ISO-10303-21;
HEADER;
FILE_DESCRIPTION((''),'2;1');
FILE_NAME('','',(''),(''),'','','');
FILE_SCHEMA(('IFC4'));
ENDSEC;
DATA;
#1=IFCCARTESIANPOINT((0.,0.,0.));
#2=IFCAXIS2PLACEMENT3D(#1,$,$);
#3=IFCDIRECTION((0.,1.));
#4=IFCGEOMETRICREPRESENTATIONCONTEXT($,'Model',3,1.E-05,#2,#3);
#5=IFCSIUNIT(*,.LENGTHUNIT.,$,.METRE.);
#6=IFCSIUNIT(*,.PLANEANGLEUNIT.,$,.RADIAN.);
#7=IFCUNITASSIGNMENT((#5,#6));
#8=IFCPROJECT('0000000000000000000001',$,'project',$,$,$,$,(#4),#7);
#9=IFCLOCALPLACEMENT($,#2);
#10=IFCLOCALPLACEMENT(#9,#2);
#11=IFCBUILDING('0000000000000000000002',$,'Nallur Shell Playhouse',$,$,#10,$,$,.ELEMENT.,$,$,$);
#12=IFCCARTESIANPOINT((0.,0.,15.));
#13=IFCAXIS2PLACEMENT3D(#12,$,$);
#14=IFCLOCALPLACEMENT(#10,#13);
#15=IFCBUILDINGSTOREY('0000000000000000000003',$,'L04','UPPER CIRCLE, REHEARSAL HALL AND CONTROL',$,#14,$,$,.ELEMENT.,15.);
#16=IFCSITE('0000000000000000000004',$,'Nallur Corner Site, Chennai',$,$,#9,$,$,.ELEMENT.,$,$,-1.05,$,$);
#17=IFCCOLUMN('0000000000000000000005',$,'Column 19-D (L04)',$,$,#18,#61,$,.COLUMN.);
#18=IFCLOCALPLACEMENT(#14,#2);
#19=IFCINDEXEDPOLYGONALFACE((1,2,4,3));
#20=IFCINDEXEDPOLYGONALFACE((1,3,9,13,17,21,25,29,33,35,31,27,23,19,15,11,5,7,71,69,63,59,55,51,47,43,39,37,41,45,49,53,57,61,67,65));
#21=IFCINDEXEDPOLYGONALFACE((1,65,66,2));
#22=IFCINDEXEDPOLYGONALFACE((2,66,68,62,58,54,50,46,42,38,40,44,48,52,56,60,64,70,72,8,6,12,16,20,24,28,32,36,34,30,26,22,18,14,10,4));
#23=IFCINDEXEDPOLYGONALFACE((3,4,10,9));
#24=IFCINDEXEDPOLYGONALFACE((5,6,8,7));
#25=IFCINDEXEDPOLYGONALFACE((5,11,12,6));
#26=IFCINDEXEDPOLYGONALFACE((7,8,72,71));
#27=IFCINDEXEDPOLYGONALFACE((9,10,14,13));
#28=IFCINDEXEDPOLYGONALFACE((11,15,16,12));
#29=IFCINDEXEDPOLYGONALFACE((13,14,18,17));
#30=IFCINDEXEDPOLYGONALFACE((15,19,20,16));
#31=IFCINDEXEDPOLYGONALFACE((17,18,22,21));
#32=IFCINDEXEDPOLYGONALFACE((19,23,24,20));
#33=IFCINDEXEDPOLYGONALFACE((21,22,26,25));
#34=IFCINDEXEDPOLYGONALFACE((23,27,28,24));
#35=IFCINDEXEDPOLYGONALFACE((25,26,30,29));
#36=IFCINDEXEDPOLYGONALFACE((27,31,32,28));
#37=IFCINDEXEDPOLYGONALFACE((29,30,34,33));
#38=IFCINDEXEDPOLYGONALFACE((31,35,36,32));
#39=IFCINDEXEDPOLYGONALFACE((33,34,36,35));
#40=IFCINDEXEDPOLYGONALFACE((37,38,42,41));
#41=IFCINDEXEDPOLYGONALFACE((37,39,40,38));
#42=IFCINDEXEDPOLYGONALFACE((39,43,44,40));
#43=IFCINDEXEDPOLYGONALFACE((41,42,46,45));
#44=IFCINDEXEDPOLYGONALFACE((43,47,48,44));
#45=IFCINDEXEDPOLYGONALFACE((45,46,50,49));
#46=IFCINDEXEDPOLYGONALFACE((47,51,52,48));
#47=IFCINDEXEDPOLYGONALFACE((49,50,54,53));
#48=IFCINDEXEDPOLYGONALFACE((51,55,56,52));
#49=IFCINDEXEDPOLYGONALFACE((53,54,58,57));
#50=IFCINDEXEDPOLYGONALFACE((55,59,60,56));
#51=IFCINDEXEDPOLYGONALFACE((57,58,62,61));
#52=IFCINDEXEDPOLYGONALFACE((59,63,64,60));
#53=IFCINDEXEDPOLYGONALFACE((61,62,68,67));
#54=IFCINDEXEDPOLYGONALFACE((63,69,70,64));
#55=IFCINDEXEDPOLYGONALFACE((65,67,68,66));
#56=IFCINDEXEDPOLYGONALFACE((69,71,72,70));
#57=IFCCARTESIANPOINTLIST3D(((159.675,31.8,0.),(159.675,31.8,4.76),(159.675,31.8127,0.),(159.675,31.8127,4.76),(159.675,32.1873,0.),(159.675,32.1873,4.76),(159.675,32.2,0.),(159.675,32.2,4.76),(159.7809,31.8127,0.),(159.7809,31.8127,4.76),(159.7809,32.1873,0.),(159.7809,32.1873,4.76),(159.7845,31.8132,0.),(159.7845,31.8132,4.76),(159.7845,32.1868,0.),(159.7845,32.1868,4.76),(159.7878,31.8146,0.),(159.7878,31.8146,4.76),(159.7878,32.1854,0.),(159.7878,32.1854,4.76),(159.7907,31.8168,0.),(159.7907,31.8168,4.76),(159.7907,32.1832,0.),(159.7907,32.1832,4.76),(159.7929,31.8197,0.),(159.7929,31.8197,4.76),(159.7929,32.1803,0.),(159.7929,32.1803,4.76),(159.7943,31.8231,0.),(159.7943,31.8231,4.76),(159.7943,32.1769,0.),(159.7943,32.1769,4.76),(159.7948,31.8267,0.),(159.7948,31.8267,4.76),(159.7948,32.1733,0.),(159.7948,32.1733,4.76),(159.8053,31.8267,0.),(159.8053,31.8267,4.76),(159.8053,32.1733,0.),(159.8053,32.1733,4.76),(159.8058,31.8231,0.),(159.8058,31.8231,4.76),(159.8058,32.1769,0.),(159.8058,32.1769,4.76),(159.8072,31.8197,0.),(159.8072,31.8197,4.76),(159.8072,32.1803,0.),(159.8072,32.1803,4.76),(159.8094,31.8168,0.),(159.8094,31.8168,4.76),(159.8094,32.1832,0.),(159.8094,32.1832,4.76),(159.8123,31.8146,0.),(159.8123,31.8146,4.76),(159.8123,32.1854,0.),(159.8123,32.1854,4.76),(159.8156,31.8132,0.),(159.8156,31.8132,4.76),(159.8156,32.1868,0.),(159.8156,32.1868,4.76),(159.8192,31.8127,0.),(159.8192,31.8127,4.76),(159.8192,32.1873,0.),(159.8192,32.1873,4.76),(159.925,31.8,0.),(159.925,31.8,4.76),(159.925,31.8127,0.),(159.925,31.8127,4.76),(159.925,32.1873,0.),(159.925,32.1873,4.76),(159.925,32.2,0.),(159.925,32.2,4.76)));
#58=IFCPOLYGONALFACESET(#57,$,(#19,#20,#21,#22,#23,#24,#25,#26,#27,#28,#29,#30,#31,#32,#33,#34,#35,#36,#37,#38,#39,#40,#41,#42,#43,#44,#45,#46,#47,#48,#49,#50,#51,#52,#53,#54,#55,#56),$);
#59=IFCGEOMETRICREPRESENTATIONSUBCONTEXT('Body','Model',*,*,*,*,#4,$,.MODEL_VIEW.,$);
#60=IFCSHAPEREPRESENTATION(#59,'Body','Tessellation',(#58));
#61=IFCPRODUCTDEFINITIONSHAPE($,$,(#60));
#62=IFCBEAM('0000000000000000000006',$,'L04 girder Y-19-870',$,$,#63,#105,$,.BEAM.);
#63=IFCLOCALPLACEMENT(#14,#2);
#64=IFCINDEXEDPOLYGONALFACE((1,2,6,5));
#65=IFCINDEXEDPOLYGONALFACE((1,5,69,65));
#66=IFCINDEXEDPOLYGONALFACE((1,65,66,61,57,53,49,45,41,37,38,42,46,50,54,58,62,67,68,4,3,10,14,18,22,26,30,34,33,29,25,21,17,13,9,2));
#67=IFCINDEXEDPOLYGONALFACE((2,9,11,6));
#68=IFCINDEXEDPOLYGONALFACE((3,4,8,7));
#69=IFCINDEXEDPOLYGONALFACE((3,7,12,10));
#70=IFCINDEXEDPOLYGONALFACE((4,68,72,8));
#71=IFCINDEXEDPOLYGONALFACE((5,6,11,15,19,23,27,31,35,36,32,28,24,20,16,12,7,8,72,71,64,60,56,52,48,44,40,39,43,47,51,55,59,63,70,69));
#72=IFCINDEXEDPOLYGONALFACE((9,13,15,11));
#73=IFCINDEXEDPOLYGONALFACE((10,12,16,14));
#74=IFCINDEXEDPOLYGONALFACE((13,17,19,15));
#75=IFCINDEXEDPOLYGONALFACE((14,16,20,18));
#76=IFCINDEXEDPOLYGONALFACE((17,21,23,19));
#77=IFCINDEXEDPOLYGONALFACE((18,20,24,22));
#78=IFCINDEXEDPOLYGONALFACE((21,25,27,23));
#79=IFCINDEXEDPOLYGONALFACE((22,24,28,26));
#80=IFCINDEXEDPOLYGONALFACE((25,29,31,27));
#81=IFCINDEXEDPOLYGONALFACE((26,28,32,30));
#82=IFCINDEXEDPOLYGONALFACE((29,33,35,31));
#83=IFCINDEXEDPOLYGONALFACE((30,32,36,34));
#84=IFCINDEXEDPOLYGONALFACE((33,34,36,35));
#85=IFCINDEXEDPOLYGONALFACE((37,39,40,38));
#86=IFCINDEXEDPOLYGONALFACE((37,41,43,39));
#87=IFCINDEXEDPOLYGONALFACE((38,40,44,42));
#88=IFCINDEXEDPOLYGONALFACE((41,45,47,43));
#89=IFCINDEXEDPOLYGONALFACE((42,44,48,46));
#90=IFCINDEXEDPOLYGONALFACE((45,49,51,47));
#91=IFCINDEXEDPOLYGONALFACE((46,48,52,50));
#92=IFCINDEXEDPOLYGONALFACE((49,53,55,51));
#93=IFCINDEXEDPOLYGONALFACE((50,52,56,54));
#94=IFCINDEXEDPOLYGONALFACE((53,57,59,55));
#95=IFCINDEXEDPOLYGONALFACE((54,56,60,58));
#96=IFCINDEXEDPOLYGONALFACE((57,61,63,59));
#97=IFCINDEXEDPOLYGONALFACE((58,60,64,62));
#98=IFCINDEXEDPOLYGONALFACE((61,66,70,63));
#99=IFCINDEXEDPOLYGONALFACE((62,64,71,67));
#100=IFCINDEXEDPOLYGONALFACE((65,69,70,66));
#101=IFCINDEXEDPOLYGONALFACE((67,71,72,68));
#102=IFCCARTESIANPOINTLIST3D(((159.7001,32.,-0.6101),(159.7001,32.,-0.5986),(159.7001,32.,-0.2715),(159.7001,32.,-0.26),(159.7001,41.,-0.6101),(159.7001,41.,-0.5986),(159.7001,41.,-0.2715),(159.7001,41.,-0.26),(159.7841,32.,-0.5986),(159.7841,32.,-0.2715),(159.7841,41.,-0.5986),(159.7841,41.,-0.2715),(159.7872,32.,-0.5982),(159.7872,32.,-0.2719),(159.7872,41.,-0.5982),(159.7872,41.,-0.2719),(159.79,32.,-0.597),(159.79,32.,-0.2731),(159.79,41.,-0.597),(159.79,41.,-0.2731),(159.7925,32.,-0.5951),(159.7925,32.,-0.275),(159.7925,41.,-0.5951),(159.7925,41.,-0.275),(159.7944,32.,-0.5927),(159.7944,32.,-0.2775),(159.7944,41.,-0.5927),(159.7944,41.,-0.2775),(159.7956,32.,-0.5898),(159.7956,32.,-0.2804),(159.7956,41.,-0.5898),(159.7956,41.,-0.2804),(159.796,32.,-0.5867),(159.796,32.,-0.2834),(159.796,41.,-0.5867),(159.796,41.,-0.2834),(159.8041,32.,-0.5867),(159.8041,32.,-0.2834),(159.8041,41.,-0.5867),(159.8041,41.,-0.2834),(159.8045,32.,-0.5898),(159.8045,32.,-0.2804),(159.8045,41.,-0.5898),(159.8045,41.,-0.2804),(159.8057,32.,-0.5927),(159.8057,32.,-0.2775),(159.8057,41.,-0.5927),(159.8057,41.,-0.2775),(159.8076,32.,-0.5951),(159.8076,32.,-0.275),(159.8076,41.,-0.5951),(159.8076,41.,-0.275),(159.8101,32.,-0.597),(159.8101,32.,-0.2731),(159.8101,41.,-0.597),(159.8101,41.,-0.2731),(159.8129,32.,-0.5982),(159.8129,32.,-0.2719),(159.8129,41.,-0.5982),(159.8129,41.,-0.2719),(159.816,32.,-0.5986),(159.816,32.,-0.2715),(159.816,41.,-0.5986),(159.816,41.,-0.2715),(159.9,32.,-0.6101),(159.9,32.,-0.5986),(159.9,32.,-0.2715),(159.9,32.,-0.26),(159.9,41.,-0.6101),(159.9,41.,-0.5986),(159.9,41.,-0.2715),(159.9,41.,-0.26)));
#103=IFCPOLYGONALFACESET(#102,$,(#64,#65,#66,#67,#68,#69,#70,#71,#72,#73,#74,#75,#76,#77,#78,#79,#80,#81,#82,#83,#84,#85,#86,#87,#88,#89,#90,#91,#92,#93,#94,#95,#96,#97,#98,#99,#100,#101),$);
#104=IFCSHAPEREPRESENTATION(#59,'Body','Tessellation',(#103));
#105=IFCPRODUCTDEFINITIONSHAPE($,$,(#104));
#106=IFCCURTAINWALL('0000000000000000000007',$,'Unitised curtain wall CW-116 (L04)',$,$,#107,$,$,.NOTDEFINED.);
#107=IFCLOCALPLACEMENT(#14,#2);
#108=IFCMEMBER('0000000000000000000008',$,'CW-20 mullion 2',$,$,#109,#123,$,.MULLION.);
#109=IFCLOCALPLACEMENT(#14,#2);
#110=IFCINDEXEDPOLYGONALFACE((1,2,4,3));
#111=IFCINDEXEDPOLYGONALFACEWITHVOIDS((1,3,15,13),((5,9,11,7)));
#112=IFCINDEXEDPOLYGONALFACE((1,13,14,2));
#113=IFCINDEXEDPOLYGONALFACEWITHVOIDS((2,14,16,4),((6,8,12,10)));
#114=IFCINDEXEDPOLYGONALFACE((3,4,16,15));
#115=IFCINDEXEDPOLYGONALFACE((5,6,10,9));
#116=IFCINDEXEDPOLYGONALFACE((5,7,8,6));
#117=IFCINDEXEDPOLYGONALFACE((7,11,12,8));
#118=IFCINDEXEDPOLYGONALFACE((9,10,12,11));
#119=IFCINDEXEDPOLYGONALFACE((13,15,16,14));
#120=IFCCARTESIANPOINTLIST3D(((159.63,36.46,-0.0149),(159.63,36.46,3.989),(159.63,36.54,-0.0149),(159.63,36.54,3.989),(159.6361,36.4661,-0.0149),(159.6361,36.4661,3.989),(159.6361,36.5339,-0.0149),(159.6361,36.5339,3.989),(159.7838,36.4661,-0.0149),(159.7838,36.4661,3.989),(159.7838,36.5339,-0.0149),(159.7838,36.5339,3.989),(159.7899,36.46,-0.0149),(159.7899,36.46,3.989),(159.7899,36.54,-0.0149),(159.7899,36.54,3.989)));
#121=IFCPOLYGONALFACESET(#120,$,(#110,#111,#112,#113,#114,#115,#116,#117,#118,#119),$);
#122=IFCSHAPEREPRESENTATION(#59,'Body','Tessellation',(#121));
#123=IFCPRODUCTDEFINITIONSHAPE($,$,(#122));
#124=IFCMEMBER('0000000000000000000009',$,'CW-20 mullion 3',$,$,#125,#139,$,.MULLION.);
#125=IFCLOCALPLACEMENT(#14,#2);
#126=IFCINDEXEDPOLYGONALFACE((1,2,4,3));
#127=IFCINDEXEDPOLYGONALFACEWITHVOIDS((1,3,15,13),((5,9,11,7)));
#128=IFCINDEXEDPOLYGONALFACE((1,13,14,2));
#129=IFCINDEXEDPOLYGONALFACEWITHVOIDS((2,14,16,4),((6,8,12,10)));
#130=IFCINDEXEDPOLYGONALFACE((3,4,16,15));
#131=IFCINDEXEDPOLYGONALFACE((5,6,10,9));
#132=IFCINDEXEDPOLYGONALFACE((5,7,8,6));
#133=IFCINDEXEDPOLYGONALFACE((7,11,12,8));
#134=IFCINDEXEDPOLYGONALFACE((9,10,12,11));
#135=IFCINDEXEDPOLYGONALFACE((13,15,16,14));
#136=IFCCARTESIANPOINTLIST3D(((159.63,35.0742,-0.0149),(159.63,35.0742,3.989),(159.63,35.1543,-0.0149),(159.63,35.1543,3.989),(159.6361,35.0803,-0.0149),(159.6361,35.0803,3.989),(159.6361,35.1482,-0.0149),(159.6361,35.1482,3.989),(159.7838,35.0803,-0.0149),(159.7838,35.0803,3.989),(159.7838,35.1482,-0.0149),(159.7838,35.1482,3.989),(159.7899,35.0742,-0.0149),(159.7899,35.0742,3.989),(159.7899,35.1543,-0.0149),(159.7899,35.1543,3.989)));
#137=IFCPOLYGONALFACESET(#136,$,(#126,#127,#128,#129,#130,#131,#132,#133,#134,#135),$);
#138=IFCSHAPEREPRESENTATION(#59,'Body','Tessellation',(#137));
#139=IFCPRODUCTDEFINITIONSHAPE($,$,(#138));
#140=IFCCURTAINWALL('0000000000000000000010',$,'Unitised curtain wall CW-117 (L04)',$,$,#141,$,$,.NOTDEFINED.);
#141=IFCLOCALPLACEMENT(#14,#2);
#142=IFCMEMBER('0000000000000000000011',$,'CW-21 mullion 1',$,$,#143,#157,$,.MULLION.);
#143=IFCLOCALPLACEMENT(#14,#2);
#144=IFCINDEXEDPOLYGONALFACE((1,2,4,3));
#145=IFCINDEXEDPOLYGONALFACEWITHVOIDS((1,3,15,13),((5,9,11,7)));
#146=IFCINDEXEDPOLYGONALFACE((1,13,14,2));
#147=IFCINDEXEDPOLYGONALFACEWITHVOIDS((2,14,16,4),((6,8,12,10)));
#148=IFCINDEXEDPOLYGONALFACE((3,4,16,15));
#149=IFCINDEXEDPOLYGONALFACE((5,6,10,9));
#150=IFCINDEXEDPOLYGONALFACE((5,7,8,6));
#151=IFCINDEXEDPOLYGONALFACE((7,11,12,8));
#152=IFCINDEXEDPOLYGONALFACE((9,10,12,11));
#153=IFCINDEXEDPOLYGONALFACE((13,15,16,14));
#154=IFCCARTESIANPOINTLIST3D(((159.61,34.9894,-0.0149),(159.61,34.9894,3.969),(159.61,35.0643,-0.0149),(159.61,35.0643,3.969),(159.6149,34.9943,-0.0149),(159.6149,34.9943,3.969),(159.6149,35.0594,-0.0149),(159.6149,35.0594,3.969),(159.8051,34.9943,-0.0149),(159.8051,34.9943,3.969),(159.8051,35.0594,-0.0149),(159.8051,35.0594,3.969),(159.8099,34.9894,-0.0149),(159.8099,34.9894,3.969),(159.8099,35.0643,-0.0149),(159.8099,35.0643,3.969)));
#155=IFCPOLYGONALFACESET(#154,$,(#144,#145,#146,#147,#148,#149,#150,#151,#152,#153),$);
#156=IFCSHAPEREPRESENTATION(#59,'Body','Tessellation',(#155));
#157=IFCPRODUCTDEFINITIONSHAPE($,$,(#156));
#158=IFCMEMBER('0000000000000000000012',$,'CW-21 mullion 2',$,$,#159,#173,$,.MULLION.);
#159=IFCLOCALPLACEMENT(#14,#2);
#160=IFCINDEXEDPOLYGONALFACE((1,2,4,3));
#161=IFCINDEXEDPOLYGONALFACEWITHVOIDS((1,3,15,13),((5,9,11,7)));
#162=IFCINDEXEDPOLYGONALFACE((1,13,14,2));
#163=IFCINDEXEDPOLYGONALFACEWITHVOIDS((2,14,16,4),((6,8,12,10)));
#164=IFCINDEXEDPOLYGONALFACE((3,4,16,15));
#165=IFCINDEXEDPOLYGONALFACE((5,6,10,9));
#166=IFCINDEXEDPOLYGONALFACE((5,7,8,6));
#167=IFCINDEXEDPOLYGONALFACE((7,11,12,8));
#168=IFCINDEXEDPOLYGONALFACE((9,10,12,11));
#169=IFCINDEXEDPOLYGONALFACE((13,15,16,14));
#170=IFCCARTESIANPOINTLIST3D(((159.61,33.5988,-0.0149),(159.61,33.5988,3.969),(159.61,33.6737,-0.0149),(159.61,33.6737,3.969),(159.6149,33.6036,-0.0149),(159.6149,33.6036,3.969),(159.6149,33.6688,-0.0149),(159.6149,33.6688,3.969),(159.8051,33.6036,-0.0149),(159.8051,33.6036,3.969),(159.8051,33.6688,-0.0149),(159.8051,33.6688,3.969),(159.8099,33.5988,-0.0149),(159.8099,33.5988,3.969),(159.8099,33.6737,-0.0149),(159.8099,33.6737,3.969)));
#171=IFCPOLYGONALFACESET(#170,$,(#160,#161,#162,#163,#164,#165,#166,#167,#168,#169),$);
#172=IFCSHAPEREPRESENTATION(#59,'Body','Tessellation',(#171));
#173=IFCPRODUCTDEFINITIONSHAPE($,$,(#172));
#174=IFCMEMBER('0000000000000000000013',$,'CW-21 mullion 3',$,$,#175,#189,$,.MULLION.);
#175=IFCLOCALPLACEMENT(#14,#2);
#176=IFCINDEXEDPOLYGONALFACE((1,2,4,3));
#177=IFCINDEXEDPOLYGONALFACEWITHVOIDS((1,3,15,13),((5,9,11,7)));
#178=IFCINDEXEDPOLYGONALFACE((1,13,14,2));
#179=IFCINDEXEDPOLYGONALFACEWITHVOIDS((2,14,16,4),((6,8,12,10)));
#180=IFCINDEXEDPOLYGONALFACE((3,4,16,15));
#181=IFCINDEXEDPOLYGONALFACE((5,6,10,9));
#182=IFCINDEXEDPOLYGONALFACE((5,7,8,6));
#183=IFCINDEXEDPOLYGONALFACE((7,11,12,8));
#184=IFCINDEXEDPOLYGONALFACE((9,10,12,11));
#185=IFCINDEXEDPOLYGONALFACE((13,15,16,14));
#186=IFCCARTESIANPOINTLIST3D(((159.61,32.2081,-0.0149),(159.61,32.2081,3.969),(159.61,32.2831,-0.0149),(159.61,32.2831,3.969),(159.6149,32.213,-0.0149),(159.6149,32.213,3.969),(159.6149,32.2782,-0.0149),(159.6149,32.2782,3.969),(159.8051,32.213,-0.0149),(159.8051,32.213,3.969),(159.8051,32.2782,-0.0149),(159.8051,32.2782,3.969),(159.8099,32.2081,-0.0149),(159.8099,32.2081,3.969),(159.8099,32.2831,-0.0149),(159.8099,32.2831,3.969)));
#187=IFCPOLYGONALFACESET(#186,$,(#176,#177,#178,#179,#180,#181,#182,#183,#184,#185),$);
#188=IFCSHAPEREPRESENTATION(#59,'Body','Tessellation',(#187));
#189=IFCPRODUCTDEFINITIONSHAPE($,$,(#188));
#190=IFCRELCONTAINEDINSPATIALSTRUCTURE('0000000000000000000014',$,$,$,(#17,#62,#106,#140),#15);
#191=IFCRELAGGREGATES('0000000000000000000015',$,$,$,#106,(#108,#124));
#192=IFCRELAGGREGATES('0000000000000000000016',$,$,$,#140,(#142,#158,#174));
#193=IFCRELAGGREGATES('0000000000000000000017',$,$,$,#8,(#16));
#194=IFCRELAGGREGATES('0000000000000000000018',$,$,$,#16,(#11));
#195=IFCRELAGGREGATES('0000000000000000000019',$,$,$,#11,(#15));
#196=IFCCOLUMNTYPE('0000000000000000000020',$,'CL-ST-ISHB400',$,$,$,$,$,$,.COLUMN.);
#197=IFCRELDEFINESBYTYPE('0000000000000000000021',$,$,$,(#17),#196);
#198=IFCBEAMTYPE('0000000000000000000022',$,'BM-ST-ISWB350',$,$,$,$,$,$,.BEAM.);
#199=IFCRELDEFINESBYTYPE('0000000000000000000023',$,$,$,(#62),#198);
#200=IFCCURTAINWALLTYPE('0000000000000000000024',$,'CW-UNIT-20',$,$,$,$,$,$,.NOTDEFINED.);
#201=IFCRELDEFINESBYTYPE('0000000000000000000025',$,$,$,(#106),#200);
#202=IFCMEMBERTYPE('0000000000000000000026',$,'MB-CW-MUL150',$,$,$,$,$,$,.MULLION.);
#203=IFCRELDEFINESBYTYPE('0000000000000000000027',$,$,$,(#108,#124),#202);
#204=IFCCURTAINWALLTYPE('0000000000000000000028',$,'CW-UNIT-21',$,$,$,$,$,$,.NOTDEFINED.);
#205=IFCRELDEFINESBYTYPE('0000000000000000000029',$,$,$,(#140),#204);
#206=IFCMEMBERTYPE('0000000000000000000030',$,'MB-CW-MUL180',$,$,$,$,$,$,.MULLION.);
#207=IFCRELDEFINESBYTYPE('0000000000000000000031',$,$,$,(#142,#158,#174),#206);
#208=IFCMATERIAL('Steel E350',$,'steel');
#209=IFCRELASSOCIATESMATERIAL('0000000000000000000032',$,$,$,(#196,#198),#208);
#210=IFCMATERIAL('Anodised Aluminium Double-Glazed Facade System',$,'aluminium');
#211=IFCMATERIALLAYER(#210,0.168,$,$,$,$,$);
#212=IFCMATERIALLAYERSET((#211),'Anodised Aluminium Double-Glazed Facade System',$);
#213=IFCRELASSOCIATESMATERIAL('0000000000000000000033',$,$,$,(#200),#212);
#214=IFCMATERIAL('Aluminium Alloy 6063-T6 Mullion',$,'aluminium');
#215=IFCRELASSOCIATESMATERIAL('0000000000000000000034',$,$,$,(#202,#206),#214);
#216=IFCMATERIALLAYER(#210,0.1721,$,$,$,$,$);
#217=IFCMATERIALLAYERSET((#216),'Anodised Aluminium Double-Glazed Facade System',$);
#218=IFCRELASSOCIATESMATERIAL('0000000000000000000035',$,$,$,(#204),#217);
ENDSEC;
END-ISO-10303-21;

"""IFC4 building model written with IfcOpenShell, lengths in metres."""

from ifc_helpers import new_model, si_unit, direction, frame, origin, origin_2d, place, context, subcontext, project, spatial, hollow_rectangle, i_section, extrude, material, layer, layer_set, material_profile, profile_set, type_object, element, aggregate, save


model = new_model("IFC4")

# Units and contexts
model_context = context("Model", 3, precision=1e-05, world=origin(), true_north=direction((0.0, 1.0)))
body_context = subcontext(model_context, "Body", "Model", "MODEL_VIEW")
ifc_project = project(units=[si_unit("LENGTHUNIT", "METRE"), si_unit("PLANEANGLEUNIT", "RADIAN")], contexts=[model_context])

# Site, building, storey
site_placement = place(None, origin())
site = spatial("IfcSite", under=ifc_project, at=site_placement, Name="Nallur Corner Site, Chennai", CompositionType="ELEMENT", RefElevation=-1.05)
building_placement = place(site_placement, origin())
building = spatial("IfcBuilding", under=site, at=building_placement, Name="Nallur Shell Playhouse", CompositionType="ELEMENT")
storey_placement = place(building_placement, frame((0.0, 0.0, 15.0)))
storey = spatial("IfcBuildingStorey", under=building, at=storey_placement, Name="L04", Description="UPPER CIRCLE, REHEARSAL HALL AND CONTROL", CompositionType="ELEMENT", Elevation=15.0)

# Column
ifc_material_1 = material(Name="Steel E350", Category="steel")
ifc_material_profile_1 = material_profile(ifc_material_1, i_section(OverallWidth=0.25, OverallDepth=0.3999, WebThickness=0.0105, FlangeThickness=0.0127, FilletRadius=0.0139, at=origin_2d()), Name="ISHB 400")
ifc_profile_set_1 = profile_set([ifc_material_profile_1], Name="Steel E350")
column_type = type_object("IfcColumnType", Name="CL-ST-ISHB400", PredefinedType="COLUMN", material=ifc_profile_set_1)
column_placement = place(storey_placement, frame((159.8, 32.0, 0.0), z_axis=(0.0, 0.0, 1.0), x_axis=(1.0, 0.0, 0.0)))
element("IfcColumn", 1, at=column_placement, inside=storey, type_object=column_type, Name="Column 19-D (L04)", PredefinedType="COLUMN", context=body_context, shape_type="SweptSolid", body=[
    extrude(i_section(OverallWidth=0.25, OverallDepth=0.3999, WebThickness=0.0105, FlangeThickness=0.0127, FilletRadius=0.0139, at=origin_2d()), origin(), (0.0, 0.0, 1.0), 4.76),
])

# Beam
ifc_material_profile_2 = material_profile(ifc_material_1, i_section(OverallWidth=0.2, OverallDepth=0.3501, WebThickness=0.0081, FlangeThickness=0.0115, FilletRadius=0.012, at=origin_2d()), Name="ISWB 350")
ifc_profile_set_2 = profile_set([ifc_material_profile_2], Name="Steel E350")
beam_type = type_object("IfcBeamType", Name="BM-ST-ISWB350", PredefinedType="BEAM", material=ifc_profile_set_2)
beam_placement = place(storey_placement, frame((159.8, 32.0, -0.4351), z_axis=(0.0, 1.0, 0.0), x_axis=(-1.0, 0.0, 0.0)))
element("IfcBeam", 2, at=beam_placement, inside=storey, type_object=beam_type, Name="L04 girder Y-19-870", PredefinedType="BEAM", context=body_context, shape_type="SweptSolid", body=[
    extrude(i_section(OverallWidth=0.2, OverallDepth=0.3501, WebThickness=0.0081, FlangeThickness=0.0115, FilletRadius=0.012, at=origin_2d()), origin(), (0.0, 0.0, 1.0), 9.0),
])

# Curtain walls, members
ifc_material_2 = material(Name="Anodised Aluminium Double-Glazed Facade System", Category="aluminium")
ifc_layer_1 = layer(ifc_material_2, 0.168)
ifc_layer_set_1 = layer_set([ifc_layer_1], Name="Anodised Aluminium Double-Glazed Facade System")
curtain_wall_type_1 = type_object("IfcCurtainWallType", Name="CW-UNIT-20", PredefinedType="NOTDEFINED", material=ifc_layer_set_1)
curtain_wall_1_placement = place(storey_placement, origin())
curtain_wall_1 = element("IfcCurtainWall", 3, at=curtain_wall_1_placement, inside=storey, type_object=curtain_wall_type_1, Name="Unitised curtain wall CW-116 (L04)", PredefinedType="NOTDEFINED")
ifc_material_3 = material(Name="Aluminium Alloy 6063-T6 Mullion", Category="aluminium")
ifc_material_profile_3 = material_profile(ifc_material_3, hollow_rectangle(XDim=0.0801, YDim=0.1599, WallThickness=0.0061, at=origin_2d()), Name="RHS 160x80x6")
ifc_profile_set_3 = profile_set([ifc_material_profile_3], Name="Aluminium Alloy 6063-T6 Mullion")
member_type_1 = type_object("IfcMemberType", Name="MB-CW-MUL150", PredefinedType="MULLION", material=ifc_profile_set_3)
member_1_placement = place(storey_placement, frame((159.71, 36.5, -0.0149), z_axis=(0.0, 0.0, 1.0), x_axis=(0.0, -1.0, 0.0)))
member_1 = element("IfcMember", 4, at=member_1_placement, type_object=member_type_1, Name="CW-20 mullion 2", PredefinedType="MULLION", context=body_context, shape_type="SweptSolid", body=[
    extrude(hollow_rectangle(XDim=0.0801, YDim=0.1599, WallThickness=0.0061, at=origin_2d()), origin(), (0.0, 0.0, 1.0), 4.0039),
])
member_2_placement = place(storey_placement, frame((159.71, 35.1143, -0.0149), z_axis=(0.0, 0.0, 1.0), x_axis=(0.0, -1.0, 0.0)))
member_2 = element("IfcMember", 5, at=member_2_placement, type_object=member_type_1, Name="CW-20 mullion 3", PredefinedType="MULLION", context=body_context, shape_type="SweptSolid", body=[
    extrude(hollow_rectangle(XDim=0.0801, YDim=0.1599, WallThickness=0.0061, at=origin_2d()), origin(), (0.0, 0.0, 1.0), 4.0039),
])
ifc_layer_2 = layer(ifc_material_2, 0.1721)
ifc_layer_set_2 = layer_set([ifc_layer_2], Name="Anodised Aluminium Double-Glazed Facade System")
curtain_wall_type_2 = type_object("IfcCurtainWallType", Name="CW-UNIT-21", PredefinedType="NOTDEFINED", material=ifc_layer_set_2)
curtain_wall_2_placement = place(storey_placement, origin())
curtain_wall_2 = element("IfcCurtainWall", 6, at=curtain_wall_2_placement, inside=storey, type_object=curtain_wall_type_2, Name="Unitised curtain wall CW-117 (L04)", PredefinedType="NOTDEFINED")
ifc_material_profile_4 = material_profile(ifc_material_3, hollow_rectangle(XDim=0.075, YDim=0.2, WallThickness=0.0049, at=origin_2d()), Name="ALU 75x200x5")
ifc_profile_set_4 = profile_set([ifc_material_profile_4], Name="Aluminium Alloy 6063-T6 Mullion")
member_type_2 = type_object("IfcMemberType", Name="MB-CW-MUL180", PredefinedType="MULLION", material=ifc_profile_set_4)
member_3_placement = place(storey_placement, frame((159.71, 35.0269, -0.0149), z_axis=(0.0, 0.0, 1.0), x_axis=(0.0, -1.0, 0.0)))
member_3 = element("IfcMember", 7, at=member_3_placement, type_object=member_type_2, Name="CW-21 mullion 1", PredefinedType="MULLION", context=body_context, shape_type="SweptSolid", body=[
    extrude(hollow_rectangle(XDim=0.075, YDim=0.2, WallThickness=0.0049, at=origin_2d()), origin(), (0.0, 0.0, 1.0), 3.9839),
])
member_4_placement = place(storey_placement, frame((159.71, 33.6362, -0.0149), z_axis=(0.0, 0.0, 1.0), x_axis=(0.0, -1.0, 0.0)))
member_4 = element("IfcMember", 8, at=member_4_placement, type_object=member_type_2, Name="CW-21 mullion 2", PredefinedType="MULLION", context=body_context, shape_type="SweptSolid", body=[
    extrude(hollow_rectangle(XDim=0.075, YDim=0.2, WallThickness=0.0049, at=origin_2d()), origin(), (0.0, 0.0, 1.0), 3.9839),
])
member_5_placement = place(storey_placement, frame((159.71, 32.2456, -0.0149), z_axis=(0.0, 0.0, 1.0), x_axis=(0.0, -1.0, 0.0)))
member_5 = element("IfcMember", 9, at=member_5_placement, type_object=member_type_2, Name="CW-21 mullion 3", PredefinedType="MULLION", context=body_context, shape_type="SweptSolid", body=[
    extrude(hollow_rectangle(XDim=0.075, YDim=0.2, WallThickness=0.0049, at=origin_2d()), origin(), (0.0, 0.0, 1.0), 3.9839),
])

aggregate(curtain_wall_1, [member_1, member_2])
aggregate(curtain_wall_2, [member_3, member_4, member_5])

save(model, "model.ifc")
